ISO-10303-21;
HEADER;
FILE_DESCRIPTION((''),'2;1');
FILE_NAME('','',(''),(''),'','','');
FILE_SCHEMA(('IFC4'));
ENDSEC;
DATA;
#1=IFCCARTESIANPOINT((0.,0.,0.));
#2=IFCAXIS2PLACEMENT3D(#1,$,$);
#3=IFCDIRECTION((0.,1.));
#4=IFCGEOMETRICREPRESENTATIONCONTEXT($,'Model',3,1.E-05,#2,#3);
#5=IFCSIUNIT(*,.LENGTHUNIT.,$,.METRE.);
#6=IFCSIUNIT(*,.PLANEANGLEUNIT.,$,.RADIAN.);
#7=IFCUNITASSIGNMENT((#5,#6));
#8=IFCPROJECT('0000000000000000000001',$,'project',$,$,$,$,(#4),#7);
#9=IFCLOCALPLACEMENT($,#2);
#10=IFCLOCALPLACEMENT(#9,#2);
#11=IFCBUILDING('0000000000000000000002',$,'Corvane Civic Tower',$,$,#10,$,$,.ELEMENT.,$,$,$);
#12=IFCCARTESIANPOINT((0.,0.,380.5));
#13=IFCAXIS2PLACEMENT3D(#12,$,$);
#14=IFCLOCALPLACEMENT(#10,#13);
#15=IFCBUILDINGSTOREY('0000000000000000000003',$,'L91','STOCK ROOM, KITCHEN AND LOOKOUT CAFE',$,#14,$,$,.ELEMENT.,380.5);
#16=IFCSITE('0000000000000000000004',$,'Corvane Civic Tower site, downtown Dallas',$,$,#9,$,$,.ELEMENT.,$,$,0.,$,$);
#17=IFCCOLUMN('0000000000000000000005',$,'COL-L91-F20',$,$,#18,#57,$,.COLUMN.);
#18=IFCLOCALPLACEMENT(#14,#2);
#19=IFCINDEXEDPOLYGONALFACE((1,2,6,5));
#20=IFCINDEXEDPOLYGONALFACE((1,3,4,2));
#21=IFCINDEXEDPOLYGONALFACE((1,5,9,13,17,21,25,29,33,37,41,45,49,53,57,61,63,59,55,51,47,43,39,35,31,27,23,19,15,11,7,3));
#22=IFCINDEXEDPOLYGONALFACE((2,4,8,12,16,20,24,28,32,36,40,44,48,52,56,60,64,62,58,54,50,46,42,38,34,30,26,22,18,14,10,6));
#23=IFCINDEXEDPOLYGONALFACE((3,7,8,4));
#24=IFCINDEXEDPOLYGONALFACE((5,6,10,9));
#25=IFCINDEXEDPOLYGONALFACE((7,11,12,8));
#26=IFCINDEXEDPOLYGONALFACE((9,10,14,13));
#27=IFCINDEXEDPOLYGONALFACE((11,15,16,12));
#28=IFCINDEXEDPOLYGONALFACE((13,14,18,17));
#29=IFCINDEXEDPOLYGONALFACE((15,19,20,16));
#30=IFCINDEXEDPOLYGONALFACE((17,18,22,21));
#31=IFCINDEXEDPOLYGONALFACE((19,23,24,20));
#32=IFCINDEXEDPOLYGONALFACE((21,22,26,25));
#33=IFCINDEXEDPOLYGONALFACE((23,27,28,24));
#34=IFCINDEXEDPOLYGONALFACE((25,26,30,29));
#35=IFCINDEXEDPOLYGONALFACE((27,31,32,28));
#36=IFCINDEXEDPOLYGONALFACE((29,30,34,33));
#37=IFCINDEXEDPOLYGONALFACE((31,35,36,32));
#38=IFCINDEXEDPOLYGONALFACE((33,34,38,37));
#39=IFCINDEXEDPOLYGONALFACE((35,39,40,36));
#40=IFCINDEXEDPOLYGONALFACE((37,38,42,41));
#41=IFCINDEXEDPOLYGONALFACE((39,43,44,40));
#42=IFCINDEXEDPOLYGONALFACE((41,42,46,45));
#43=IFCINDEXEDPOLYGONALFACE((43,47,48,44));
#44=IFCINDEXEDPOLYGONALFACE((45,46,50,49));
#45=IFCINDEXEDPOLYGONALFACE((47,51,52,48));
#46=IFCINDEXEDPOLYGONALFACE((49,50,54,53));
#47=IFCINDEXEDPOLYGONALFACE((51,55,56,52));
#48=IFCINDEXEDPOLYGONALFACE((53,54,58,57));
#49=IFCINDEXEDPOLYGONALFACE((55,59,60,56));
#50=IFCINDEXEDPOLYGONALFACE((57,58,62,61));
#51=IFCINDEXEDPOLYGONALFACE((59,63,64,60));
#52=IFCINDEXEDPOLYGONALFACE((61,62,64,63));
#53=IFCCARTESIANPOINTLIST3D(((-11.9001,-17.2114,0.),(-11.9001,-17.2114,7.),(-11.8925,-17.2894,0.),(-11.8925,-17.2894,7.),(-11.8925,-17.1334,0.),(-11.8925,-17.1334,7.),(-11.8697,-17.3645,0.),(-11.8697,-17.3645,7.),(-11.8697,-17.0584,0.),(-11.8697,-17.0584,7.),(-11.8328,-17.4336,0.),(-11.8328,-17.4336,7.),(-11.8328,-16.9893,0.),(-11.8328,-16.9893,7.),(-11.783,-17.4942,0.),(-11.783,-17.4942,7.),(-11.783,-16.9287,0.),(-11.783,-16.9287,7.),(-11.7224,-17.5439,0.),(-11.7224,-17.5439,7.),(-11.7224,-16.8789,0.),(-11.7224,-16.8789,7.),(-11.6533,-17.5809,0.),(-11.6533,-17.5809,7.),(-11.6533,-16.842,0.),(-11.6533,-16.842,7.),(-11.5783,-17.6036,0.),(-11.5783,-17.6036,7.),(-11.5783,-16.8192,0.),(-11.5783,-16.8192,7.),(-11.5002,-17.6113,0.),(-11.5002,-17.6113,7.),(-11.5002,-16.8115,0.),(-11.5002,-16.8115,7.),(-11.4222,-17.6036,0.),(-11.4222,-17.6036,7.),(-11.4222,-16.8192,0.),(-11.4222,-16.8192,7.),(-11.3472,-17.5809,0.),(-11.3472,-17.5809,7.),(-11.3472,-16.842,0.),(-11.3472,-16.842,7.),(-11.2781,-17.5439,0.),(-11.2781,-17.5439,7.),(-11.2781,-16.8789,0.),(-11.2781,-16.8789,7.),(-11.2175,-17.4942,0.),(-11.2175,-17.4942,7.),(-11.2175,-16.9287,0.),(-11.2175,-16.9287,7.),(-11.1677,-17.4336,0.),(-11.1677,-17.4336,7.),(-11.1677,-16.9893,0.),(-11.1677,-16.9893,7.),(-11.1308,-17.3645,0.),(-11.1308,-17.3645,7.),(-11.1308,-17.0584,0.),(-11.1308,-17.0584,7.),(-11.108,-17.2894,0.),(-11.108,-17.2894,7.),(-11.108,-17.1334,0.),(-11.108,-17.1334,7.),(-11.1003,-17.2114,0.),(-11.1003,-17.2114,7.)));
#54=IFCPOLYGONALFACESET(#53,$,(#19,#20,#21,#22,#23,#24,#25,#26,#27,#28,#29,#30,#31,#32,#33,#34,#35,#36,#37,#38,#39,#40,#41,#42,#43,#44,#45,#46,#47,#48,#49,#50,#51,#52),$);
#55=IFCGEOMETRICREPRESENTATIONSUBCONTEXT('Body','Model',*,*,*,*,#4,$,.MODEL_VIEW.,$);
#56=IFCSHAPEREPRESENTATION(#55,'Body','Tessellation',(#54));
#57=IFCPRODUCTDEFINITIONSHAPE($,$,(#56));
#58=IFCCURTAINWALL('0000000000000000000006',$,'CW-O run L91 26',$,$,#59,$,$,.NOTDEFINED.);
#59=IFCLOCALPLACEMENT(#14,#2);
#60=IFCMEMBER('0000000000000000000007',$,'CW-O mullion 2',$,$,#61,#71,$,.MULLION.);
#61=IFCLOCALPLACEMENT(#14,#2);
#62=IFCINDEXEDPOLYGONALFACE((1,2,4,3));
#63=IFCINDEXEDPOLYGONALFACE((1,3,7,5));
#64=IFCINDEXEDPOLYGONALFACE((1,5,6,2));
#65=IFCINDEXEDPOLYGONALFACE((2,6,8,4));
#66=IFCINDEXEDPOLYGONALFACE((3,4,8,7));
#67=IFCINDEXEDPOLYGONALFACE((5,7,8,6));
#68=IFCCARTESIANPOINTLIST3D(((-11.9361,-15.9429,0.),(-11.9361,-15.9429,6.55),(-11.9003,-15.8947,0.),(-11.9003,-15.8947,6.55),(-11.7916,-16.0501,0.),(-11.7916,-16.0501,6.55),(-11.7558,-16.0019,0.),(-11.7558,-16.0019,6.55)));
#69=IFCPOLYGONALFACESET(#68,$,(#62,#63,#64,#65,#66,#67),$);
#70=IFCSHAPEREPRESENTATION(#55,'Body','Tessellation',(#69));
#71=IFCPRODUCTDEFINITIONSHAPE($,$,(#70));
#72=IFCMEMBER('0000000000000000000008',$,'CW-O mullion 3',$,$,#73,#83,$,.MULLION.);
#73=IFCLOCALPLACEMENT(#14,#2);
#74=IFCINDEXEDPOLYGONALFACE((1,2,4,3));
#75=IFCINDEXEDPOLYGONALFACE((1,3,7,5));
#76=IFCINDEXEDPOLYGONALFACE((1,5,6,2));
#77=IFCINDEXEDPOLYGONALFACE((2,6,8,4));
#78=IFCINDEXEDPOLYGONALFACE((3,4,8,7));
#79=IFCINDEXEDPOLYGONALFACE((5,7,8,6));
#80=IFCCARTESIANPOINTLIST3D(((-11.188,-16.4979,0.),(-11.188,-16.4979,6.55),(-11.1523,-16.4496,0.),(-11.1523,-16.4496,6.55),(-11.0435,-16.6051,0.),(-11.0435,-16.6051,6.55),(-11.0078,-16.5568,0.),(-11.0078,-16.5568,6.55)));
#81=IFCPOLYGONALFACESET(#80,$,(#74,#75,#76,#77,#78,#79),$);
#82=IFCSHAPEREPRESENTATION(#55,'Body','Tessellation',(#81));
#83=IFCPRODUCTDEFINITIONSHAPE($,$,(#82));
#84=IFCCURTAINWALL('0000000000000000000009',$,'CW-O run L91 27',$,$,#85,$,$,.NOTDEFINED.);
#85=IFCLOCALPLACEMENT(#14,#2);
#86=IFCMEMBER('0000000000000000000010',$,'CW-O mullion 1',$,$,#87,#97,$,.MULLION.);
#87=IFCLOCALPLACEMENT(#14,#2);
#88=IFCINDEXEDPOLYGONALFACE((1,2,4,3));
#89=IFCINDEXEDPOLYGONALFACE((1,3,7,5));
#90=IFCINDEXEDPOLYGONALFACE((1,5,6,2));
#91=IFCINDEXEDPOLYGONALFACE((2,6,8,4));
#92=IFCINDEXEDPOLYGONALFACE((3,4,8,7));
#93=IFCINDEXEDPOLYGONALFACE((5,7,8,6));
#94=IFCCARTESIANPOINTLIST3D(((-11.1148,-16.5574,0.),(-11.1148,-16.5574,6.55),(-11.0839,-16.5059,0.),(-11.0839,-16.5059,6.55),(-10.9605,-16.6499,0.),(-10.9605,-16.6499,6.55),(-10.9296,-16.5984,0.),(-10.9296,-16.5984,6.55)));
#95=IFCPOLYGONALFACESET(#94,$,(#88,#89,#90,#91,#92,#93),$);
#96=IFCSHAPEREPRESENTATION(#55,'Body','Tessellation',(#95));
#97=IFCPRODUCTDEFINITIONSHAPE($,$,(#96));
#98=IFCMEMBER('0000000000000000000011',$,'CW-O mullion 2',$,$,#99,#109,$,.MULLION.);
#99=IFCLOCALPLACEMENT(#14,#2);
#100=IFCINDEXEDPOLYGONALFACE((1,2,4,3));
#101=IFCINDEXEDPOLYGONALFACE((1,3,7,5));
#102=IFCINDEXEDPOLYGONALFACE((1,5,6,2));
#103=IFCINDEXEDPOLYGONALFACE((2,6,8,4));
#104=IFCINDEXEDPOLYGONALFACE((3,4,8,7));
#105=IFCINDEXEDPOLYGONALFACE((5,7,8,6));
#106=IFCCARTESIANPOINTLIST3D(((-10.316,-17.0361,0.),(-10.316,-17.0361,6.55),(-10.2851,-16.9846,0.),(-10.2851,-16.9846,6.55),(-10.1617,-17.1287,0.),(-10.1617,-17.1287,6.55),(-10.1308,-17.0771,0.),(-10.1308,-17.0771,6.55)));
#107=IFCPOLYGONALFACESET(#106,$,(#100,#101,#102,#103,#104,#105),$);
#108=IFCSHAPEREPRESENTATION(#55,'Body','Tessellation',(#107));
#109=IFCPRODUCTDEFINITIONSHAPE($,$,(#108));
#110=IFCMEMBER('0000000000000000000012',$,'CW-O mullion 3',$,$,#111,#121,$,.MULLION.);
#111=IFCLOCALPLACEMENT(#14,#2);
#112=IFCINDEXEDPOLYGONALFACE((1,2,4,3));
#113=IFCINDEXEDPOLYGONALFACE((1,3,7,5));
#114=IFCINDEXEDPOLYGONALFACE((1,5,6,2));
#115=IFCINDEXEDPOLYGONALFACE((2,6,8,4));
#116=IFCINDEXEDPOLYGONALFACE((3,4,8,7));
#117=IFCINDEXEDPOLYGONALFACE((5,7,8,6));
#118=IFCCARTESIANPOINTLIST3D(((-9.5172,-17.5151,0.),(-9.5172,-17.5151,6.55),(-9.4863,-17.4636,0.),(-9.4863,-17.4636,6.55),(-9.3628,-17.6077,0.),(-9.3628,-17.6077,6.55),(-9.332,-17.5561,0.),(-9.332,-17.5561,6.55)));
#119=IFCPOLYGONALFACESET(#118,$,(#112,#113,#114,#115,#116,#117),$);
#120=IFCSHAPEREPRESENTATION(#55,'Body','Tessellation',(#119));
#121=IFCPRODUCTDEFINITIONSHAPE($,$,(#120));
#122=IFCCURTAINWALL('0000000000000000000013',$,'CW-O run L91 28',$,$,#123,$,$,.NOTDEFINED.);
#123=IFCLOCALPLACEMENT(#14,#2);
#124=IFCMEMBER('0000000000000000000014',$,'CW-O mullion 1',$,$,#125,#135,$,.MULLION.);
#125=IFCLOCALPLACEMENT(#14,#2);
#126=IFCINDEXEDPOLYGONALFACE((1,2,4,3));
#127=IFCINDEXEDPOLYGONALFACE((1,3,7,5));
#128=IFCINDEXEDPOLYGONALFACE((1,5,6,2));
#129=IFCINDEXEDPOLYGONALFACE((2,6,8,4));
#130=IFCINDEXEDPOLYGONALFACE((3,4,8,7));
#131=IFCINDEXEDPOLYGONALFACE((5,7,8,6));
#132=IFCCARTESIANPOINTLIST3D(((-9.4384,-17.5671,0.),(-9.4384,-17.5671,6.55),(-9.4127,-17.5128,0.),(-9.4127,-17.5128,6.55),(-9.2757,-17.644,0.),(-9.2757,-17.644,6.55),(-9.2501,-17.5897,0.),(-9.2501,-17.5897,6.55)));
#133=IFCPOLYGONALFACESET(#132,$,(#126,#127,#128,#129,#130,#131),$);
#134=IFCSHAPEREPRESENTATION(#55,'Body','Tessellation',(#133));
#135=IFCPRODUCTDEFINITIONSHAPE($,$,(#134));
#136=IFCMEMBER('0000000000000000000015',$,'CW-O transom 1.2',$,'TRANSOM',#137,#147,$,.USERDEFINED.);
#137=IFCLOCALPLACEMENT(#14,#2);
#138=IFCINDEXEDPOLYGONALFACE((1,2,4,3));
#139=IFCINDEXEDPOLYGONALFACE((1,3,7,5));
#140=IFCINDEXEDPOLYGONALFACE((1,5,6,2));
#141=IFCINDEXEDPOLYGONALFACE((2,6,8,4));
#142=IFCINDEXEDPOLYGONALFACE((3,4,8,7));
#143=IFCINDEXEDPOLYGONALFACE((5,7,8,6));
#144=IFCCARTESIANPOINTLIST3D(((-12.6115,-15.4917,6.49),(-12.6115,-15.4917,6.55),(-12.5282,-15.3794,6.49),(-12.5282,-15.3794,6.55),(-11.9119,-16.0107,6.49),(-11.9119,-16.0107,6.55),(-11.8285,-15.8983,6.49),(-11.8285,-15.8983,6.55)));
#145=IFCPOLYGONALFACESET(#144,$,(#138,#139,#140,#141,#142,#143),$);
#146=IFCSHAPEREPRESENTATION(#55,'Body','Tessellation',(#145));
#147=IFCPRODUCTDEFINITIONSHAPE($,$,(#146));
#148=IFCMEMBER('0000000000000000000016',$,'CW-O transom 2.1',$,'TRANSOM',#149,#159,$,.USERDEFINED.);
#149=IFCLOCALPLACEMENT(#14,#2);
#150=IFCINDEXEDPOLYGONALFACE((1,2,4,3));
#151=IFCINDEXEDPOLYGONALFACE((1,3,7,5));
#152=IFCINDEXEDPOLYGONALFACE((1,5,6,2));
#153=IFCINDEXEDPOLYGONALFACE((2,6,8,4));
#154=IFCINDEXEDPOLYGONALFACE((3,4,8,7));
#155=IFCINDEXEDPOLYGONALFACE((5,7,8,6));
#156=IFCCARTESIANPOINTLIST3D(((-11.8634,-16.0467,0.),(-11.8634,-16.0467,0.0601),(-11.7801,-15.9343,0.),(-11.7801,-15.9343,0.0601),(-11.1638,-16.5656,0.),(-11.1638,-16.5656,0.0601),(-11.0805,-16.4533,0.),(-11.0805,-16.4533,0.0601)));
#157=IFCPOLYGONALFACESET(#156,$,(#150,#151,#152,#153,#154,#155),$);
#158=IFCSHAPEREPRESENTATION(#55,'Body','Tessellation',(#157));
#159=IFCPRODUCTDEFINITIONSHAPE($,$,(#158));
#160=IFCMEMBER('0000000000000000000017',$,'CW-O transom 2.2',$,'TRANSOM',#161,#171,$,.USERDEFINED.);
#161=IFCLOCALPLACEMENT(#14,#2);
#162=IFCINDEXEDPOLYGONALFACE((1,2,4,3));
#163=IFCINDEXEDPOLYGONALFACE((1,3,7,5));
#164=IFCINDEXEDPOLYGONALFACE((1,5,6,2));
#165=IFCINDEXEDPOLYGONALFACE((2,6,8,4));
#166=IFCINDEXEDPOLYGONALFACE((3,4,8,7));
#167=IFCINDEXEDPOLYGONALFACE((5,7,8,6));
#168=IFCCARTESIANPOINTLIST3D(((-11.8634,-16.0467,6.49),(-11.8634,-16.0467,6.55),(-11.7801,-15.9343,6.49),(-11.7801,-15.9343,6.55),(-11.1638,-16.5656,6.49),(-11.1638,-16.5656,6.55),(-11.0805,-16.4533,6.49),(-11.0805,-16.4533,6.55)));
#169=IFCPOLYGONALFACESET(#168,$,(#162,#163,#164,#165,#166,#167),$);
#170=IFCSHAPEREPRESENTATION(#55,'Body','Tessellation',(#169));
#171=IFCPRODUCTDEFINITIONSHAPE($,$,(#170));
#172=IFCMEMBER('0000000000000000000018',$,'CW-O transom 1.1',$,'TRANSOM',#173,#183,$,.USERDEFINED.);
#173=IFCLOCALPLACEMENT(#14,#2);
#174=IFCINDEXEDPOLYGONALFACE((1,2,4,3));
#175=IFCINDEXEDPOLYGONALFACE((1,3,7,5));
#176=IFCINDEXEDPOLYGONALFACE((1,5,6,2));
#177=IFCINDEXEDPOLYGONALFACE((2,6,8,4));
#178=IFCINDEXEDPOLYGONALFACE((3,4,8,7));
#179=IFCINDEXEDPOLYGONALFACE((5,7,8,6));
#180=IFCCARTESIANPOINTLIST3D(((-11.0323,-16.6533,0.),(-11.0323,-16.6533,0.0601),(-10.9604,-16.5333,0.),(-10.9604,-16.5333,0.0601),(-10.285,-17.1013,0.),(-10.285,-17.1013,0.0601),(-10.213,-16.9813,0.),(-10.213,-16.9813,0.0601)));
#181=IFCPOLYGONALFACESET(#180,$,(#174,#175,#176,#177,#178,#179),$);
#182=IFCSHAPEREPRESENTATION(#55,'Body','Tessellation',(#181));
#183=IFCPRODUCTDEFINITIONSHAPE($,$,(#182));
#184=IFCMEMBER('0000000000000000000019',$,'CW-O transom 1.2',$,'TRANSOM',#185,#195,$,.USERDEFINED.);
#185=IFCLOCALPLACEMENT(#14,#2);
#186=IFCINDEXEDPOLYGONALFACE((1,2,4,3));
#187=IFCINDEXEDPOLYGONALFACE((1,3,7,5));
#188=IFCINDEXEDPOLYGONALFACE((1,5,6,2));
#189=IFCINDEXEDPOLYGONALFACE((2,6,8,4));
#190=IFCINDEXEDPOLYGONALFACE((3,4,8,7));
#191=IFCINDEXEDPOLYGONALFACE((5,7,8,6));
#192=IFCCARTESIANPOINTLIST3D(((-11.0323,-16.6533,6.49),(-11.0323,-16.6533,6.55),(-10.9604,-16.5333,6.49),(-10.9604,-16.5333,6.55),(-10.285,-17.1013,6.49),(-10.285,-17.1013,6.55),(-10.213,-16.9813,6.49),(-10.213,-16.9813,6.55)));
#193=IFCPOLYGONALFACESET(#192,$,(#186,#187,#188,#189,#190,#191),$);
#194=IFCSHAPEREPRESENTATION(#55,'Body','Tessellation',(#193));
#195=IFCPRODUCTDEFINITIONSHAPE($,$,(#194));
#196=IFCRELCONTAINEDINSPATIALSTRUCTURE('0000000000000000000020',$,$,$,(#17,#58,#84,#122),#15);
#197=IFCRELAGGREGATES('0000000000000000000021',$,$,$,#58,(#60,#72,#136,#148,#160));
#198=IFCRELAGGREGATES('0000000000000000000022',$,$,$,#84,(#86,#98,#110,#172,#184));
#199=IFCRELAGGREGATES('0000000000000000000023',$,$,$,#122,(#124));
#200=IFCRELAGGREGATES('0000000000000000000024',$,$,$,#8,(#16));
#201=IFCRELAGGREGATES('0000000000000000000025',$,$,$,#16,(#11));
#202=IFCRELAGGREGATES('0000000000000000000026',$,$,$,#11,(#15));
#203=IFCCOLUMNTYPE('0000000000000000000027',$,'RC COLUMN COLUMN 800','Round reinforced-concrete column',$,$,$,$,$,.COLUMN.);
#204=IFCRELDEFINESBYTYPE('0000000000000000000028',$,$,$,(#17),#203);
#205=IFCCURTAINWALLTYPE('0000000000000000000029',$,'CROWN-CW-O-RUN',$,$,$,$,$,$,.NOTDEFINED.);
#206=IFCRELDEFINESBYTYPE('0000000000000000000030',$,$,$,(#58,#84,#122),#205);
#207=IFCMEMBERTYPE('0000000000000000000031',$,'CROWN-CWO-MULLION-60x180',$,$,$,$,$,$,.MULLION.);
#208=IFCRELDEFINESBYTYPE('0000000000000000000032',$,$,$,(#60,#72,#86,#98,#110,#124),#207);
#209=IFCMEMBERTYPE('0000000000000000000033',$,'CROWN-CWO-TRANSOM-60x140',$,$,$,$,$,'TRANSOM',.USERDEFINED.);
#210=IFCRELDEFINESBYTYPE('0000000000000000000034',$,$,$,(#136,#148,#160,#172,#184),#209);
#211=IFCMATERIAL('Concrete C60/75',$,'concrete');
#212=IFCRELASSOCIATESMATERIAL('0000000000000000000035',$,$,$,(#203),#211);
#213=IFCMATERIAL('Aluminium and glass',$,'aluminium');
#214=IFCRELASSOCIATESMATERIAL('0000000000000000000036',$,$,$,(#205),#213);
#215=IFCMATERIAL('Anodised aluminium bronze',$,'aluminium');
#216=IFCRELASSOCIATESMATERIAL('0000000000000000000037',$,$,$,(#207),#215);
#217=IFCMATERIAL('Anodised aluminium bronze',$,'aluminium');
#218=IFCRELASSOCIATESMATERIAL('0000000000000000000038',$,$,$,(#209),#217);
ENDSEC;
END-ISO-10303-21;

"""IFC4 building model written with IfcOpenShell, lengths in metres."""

from ifc_helpers import new_model, si_unit, direction, frame, origin, origin_2d, place, context, subcontext, project, spatial, rectangle, circle, extrude, material, material_profile, profile_set, type_object, element, aggregate, save


model = new_model("IFC4")

# Units and contexts
model_context = context("Model", 3, precision=1e-05, world=origin(), true_north=direction((0.0, 1.0)))
body_context = subcontext(model_context, "Body", "Model", "MODEL_VIEW")
ifc_project = project(units=[si_unit("LENGTHUNIT", "METRE"), si_unit("PLANEANGLEUNIT", "RADIAN")], contexts=[model_context])

# Site, building, storey
site_placement = place(None, origin())
site = spatial("IfcSite", under=ifc_project, at=site_placement, Name="Corvane Civic Tower site, downtown Dallas", CompositionType="ELEMENT", RefElevation=0.0)
building_placement = place(site_placement, origin())
building = spatial("IfcBuilding", under=site, at=building_placement, Name="Corvane Civic Tower", CompositionType="ELEMENT")
storey_placement = place(building_placement, frame((0.0, 0.0, 380.5)))
storey = spatial("IfcBuildingStorey", under=building, at=storey_placement, Name="L91", Description="STOCK ROOM, KITCHEN AND LOOKOUT CAFE", CompositionType="ELEMENT", Elevation=380.5)

# Column
ifc_material_1 = material(Name="Concrete C60/75", Category="concrete")
ifc_material_profile_1 = material_profile(ifc_material_1, circle(Radius=0.3999, at=origin_2d()), Name="COLUMN 800")
ifc_profile_set_1 = profile_set([ifc_material_profile_1], Name="Concrete C60/75")
column_type = type_object("IfcColumnType", Name="RC COLUMN COLUMN 800", Description="Round reinforced-concrete column", PredefinedType="COLUMN", material=ifc_profile_set_1)
column_placement = place(storey_placement, frame((-11.5002, -17.2114, 0.0), z_axis=(0.0, 0.0, 1.0), x_axis=(1.0, 0.0, 0.0)))
element("IfcColumn", 1, at=column_placement, inside=storey, type_object=column_type, Name="COL-L91-F20", PredefinedType="COLUMN", context=body_context, shape_type="SweptSolid", body=[
    extrude(circle(Radius=0.3999, at=origin_2d()), origin(), (0.0, 0.0, 1.0), 7.0),
])

# Curtain walls, members
ifc_material_2 = material(Name="Aluminium and glass", Category="aluminium")
curtain_wall_type = type_object("IfcCurtainWallType", Name="CROWN-CW-O-RUN", PredefinedType="NOTDEFINED", material=ifc_material_2)
curtain_wall_1_placement = place(storey_placement, origin())
curtain_wall_1 = element("IfcCurtainWall", 2, at=curtain_wall_1_placement, inside=storey, type_object=curtain_wall_type, Name="CW-O run L91 26", PredefinedType="NOTDEFINED")
ifc_material_3 = material(Name="Anodised aluminium bronze", Category="aluminium")
ifc_material_profile_2 = material_profile(ifc_material_3, rectangle(XDim=0.0601, YDim=0.1799, at=origin_2d()), Name="AL 60x180")
ifc_profile_set_2 = profile_set([ifc_material_profile_2], Name="Anodised aluminium bronze")
member_type_1 = type_object("IfcMemberType", Name="CROWN-CWO-MULLION-60x180", PredefinedType="MULLION", material=ifc_profile_set_2)
member_1_placement = place(storey_placement, frame((-11.8459, -15.9724, 0.0), z_axis=(0.0, 0.0, 1.0), x_axis=(0.595722, 0.80319, 0.0)))
member_1 = element("IfcMember", 3, at=member_1_placement, type_object=member_type_1, Name="CW-O mullion 2", PredefinedType="MULLION", context=body_context, shape_type="SweptSolid", body=[
    extrude(rectangle(XDim=0.0601, YDim=0.1799, at=origin_2d()), origin(), (0.0, 0.0, 1.0), 6.55),
])
member_2_placement = place(storey_placement, frame((-11.0979, -16.5273, 0.0), z_axis=(0.0, 0.0, 1.0), x_axis=(0.595722, 0.80319, 0.0)))
member_2 = element("IfcMember", 4, at=member_2_placement, type_object=member_type_1, Name="CW-O mullion 3", PredefinedType="MULLION", context=body_context, shape_type="SweptSolid", body=[
    extrude(rectangle(XDim=0.0601, YDim=0.1799, at=origin_2d()), origin(), (0.0, 0.0, 1.0), 6.55),
])
curtain_wall_2_placement = place(storey_placement, origin())
curtain_wall_2 = element("IfcCurtainWall", 5, at=curtain_wall_2_placement, inside=storey, type_object=curtain_wall_type, Name="CW-O run L91 27", PredefinedType="NOTDEFINED")
member_3_placement = place(storey_placement, frame((-11.0222, -16.5779, 0.0), z_axis=(0.0, 0.0, 1.0), x_axis=(0.514152, 0.857699, 0.0)))
member_3 = element("IfcMember", 6, at=member_3_placement, type_object=member_type_1, Name="CW-O mullion 1", PredefinedType="MULLION", context=body_context, shape_type="SweptSolid", body=[
    extrude(rectangle(XDim=0.0601, YDim=0.1799, at=origin_2d()), origin(), (0.0, 0.0, 1.0), 6.55),
])
member_4_placement = place(storey_placement, frame((-10.2234, -17.0566, 0.0), z_axis=(0.0, 0.0, 1.0), x_axis=(0.514152, 0.857699, 0.0)))
member_4 = element("IfcMember", 7, at=member_4_placement, type_object=member_type_1, Name="CW-O mullion 2", PredefinedType="MULLION", context=body_context, shape_type="SweptSolid", body=[
    extrude(rectangle(XDim=0.0601, YDim=0.1799, at=origin_2d()), origin(), (0.0, 0.0, 1.0), 6.55),
])
member_5_placement = place(storey_placement, frame((-9.4246, -17.5356, 0.0), z_axis=(0.0, 0.0, 1.0), x_axis=(0.514152, 0.857699, 0.0)))
member_5 = element("IfcMember", 8, at=member_5_placement, type_object=member_type_1, Name="CW-O mullion 3", PredefinedType="MULLION", context=body_context, shape_type="SweptSolid", body=[
    extrude(rectangle(XDim=0.0601, YDim=0.1799, at=origin_2d()), origin(), (0.0, 0.0, 1.0), 6.55),
])

# Curtain wall, member
curtain_wall_3_placement = place(storey_placement, origin())
curtain_wall_3 = element("IfcCurtainWall", 9, at=curtain_wall_3_placement, inside=storey, type_object=curtain_wall_type, Name="CW-O run L91 28", PredefinedType="NOTDEFINED")
member_6_placement = place(storey_placement, frame((-9.3442, -17.5784, 0.0), z_axis=(0.0, 0.0, 1.0), x_axis=(0.427509, 0.904011, 0.0)))
member_6 = element("IfcMember", 10, at=member_6_placement, type_object=member_type_1, Name="CW-O mullion 1", PredefinedType="MULLION", context=body_context, shape_type="SweptSolid", body=[
    extrude(rectangle(XDim=0.0601, YDim=0.1799, at=origin_2d()), origin(), (0.0, 0.0, 1.0), 6.55),
])

# Members
ifc_material_4 = material(Name="Anodised aluminium bronze", Category="aluminium")
ifc_material_profile_3 = material_profile(ifc_material_4, rectangle(XDim=0.1399, YDim=0.0601, at=origin_2d()), Name="AL 140x60")
ifc_profile_set_3 = profile_set([ifc_material_profile_3], Name="Anodised aluminium bronze")
member_type_2 = type_object("IfcMemberType", Name="CROWN-CWO-TRANSOM-60x140", ElementType="TRANSOM", PredefinedType="USERDEFINED", material=ifc_profile_set_3)
member_7_placement = place(storey_placement, frame((-12.5698, -15.4355, 6.52), z_axis=(0.80315, -0.595777, 0.0), x_axis=(0.595777, 0.80315, 0.0)))
member_7 = element("IfcMember", 11, at=member_7_placement, type_object=member_type_2, Name="CW-O transom 1.2", ObjectType="TRANSOM", PredefinedType="USERDEFINED", context=body_context, shape_type="SweptSolid", body=[
    extrude(rectangle(XDim=0.1399, YDim=0.0601, at=origin_2d()), origin(), (0.0, 0.0, 1.0), 0.8711),
])
member_8_placement = place(storey_placement, frame((-11.8218, -15.9905, 0.03), z_axis=(0.80315, -0.595777, 0.0), x_axis=(0.595777, 0.80315, 0.0)))
member_8 = element("IfcMember", 12, at=member_8_placement, type_object=member_type_2, Name="CW-O transom 2.1", ObjectType="TRANSOM", PredefinedType="USERDEFINED", context=body_context, shape_type="SweptSolid", body=[
    extrude(rectangle(XDim=0.1399, YDim=0.0601, at=origin_2d()), origin(), (0.0, 0.0, 1.0), 0.8711),
])
member_9_placement = place(storey_placement, frame((-11.8218, -15.9905, 6.52), z_axis=(0.80315, -0.595777, 0.0), x_axis=(0.595777, 0.80315, 0.0)))
member_9 = element("IfcMember", 13, at=member_9_placement, type_object=member_type_2, Name="CW-O transom 2.2", ObjectType="TRANSOM", PredefinedType="USERDEFINED", context=body_context, shape_type="SweptSolid", body=[
    extrude(rectangle(XDim=0.1399, YDim=0.0601, at=origin_2d()), origin(), (0.0, 0.0, 1.0), 0.8711),
])
member_10_placement = place(storey_placement, frame((-10.9963, -16.5933, 0.03), z_axis=(0.857691, -0.514166, 0.0), x_axis=(0.514166, 0.857691, 0.0)))
member_10 = element("IfcMember", 14, at=member_10_placement, type_object=member_type_2, Name="CW-O transom 1.1", ObjectType="TRANSOM", PredefinedType="USERDEFINED", context=body_context, shape_type="SweptSolid", body=[
    extrude(rectangle(XDim=0.1399, YDim=0.0601, at=origin_2d()), origin(), (0.0, 0.0, 1.0), 0.8713),
])
member_11_placement = place(storey_placement, frame((-10.9963, -16.5933, 6.52), z_axis=(0.857691, -0.514166, 0.0), x_axis=(0.514166, 0.857691, 0.0)))
member_11 = element("IfcMember", 15, at=member_11_placement, type_object=member_type_2, Name="CW-O transom 1.2", ObjectType="TRANSOM", PredefinedType="USERDEFINED", context=body_context, shape_type="SweptSolid", body=[
    extrude(rectangle(XDim=0.1399, YDim=0.0601, at=origin_2d()), origin(), (0.0, 0.0, 1.0), 0.8713),
])

aggregate(curtain_wall_1, [member_1, member_2, member_7, member_8, member_9])
aggregate(curtain_wall_2, [member_3, member_4, member_5, member_10, member_11])
aggregate(curtain_wall_3, [member_6])

save(model, "model.ifc")
